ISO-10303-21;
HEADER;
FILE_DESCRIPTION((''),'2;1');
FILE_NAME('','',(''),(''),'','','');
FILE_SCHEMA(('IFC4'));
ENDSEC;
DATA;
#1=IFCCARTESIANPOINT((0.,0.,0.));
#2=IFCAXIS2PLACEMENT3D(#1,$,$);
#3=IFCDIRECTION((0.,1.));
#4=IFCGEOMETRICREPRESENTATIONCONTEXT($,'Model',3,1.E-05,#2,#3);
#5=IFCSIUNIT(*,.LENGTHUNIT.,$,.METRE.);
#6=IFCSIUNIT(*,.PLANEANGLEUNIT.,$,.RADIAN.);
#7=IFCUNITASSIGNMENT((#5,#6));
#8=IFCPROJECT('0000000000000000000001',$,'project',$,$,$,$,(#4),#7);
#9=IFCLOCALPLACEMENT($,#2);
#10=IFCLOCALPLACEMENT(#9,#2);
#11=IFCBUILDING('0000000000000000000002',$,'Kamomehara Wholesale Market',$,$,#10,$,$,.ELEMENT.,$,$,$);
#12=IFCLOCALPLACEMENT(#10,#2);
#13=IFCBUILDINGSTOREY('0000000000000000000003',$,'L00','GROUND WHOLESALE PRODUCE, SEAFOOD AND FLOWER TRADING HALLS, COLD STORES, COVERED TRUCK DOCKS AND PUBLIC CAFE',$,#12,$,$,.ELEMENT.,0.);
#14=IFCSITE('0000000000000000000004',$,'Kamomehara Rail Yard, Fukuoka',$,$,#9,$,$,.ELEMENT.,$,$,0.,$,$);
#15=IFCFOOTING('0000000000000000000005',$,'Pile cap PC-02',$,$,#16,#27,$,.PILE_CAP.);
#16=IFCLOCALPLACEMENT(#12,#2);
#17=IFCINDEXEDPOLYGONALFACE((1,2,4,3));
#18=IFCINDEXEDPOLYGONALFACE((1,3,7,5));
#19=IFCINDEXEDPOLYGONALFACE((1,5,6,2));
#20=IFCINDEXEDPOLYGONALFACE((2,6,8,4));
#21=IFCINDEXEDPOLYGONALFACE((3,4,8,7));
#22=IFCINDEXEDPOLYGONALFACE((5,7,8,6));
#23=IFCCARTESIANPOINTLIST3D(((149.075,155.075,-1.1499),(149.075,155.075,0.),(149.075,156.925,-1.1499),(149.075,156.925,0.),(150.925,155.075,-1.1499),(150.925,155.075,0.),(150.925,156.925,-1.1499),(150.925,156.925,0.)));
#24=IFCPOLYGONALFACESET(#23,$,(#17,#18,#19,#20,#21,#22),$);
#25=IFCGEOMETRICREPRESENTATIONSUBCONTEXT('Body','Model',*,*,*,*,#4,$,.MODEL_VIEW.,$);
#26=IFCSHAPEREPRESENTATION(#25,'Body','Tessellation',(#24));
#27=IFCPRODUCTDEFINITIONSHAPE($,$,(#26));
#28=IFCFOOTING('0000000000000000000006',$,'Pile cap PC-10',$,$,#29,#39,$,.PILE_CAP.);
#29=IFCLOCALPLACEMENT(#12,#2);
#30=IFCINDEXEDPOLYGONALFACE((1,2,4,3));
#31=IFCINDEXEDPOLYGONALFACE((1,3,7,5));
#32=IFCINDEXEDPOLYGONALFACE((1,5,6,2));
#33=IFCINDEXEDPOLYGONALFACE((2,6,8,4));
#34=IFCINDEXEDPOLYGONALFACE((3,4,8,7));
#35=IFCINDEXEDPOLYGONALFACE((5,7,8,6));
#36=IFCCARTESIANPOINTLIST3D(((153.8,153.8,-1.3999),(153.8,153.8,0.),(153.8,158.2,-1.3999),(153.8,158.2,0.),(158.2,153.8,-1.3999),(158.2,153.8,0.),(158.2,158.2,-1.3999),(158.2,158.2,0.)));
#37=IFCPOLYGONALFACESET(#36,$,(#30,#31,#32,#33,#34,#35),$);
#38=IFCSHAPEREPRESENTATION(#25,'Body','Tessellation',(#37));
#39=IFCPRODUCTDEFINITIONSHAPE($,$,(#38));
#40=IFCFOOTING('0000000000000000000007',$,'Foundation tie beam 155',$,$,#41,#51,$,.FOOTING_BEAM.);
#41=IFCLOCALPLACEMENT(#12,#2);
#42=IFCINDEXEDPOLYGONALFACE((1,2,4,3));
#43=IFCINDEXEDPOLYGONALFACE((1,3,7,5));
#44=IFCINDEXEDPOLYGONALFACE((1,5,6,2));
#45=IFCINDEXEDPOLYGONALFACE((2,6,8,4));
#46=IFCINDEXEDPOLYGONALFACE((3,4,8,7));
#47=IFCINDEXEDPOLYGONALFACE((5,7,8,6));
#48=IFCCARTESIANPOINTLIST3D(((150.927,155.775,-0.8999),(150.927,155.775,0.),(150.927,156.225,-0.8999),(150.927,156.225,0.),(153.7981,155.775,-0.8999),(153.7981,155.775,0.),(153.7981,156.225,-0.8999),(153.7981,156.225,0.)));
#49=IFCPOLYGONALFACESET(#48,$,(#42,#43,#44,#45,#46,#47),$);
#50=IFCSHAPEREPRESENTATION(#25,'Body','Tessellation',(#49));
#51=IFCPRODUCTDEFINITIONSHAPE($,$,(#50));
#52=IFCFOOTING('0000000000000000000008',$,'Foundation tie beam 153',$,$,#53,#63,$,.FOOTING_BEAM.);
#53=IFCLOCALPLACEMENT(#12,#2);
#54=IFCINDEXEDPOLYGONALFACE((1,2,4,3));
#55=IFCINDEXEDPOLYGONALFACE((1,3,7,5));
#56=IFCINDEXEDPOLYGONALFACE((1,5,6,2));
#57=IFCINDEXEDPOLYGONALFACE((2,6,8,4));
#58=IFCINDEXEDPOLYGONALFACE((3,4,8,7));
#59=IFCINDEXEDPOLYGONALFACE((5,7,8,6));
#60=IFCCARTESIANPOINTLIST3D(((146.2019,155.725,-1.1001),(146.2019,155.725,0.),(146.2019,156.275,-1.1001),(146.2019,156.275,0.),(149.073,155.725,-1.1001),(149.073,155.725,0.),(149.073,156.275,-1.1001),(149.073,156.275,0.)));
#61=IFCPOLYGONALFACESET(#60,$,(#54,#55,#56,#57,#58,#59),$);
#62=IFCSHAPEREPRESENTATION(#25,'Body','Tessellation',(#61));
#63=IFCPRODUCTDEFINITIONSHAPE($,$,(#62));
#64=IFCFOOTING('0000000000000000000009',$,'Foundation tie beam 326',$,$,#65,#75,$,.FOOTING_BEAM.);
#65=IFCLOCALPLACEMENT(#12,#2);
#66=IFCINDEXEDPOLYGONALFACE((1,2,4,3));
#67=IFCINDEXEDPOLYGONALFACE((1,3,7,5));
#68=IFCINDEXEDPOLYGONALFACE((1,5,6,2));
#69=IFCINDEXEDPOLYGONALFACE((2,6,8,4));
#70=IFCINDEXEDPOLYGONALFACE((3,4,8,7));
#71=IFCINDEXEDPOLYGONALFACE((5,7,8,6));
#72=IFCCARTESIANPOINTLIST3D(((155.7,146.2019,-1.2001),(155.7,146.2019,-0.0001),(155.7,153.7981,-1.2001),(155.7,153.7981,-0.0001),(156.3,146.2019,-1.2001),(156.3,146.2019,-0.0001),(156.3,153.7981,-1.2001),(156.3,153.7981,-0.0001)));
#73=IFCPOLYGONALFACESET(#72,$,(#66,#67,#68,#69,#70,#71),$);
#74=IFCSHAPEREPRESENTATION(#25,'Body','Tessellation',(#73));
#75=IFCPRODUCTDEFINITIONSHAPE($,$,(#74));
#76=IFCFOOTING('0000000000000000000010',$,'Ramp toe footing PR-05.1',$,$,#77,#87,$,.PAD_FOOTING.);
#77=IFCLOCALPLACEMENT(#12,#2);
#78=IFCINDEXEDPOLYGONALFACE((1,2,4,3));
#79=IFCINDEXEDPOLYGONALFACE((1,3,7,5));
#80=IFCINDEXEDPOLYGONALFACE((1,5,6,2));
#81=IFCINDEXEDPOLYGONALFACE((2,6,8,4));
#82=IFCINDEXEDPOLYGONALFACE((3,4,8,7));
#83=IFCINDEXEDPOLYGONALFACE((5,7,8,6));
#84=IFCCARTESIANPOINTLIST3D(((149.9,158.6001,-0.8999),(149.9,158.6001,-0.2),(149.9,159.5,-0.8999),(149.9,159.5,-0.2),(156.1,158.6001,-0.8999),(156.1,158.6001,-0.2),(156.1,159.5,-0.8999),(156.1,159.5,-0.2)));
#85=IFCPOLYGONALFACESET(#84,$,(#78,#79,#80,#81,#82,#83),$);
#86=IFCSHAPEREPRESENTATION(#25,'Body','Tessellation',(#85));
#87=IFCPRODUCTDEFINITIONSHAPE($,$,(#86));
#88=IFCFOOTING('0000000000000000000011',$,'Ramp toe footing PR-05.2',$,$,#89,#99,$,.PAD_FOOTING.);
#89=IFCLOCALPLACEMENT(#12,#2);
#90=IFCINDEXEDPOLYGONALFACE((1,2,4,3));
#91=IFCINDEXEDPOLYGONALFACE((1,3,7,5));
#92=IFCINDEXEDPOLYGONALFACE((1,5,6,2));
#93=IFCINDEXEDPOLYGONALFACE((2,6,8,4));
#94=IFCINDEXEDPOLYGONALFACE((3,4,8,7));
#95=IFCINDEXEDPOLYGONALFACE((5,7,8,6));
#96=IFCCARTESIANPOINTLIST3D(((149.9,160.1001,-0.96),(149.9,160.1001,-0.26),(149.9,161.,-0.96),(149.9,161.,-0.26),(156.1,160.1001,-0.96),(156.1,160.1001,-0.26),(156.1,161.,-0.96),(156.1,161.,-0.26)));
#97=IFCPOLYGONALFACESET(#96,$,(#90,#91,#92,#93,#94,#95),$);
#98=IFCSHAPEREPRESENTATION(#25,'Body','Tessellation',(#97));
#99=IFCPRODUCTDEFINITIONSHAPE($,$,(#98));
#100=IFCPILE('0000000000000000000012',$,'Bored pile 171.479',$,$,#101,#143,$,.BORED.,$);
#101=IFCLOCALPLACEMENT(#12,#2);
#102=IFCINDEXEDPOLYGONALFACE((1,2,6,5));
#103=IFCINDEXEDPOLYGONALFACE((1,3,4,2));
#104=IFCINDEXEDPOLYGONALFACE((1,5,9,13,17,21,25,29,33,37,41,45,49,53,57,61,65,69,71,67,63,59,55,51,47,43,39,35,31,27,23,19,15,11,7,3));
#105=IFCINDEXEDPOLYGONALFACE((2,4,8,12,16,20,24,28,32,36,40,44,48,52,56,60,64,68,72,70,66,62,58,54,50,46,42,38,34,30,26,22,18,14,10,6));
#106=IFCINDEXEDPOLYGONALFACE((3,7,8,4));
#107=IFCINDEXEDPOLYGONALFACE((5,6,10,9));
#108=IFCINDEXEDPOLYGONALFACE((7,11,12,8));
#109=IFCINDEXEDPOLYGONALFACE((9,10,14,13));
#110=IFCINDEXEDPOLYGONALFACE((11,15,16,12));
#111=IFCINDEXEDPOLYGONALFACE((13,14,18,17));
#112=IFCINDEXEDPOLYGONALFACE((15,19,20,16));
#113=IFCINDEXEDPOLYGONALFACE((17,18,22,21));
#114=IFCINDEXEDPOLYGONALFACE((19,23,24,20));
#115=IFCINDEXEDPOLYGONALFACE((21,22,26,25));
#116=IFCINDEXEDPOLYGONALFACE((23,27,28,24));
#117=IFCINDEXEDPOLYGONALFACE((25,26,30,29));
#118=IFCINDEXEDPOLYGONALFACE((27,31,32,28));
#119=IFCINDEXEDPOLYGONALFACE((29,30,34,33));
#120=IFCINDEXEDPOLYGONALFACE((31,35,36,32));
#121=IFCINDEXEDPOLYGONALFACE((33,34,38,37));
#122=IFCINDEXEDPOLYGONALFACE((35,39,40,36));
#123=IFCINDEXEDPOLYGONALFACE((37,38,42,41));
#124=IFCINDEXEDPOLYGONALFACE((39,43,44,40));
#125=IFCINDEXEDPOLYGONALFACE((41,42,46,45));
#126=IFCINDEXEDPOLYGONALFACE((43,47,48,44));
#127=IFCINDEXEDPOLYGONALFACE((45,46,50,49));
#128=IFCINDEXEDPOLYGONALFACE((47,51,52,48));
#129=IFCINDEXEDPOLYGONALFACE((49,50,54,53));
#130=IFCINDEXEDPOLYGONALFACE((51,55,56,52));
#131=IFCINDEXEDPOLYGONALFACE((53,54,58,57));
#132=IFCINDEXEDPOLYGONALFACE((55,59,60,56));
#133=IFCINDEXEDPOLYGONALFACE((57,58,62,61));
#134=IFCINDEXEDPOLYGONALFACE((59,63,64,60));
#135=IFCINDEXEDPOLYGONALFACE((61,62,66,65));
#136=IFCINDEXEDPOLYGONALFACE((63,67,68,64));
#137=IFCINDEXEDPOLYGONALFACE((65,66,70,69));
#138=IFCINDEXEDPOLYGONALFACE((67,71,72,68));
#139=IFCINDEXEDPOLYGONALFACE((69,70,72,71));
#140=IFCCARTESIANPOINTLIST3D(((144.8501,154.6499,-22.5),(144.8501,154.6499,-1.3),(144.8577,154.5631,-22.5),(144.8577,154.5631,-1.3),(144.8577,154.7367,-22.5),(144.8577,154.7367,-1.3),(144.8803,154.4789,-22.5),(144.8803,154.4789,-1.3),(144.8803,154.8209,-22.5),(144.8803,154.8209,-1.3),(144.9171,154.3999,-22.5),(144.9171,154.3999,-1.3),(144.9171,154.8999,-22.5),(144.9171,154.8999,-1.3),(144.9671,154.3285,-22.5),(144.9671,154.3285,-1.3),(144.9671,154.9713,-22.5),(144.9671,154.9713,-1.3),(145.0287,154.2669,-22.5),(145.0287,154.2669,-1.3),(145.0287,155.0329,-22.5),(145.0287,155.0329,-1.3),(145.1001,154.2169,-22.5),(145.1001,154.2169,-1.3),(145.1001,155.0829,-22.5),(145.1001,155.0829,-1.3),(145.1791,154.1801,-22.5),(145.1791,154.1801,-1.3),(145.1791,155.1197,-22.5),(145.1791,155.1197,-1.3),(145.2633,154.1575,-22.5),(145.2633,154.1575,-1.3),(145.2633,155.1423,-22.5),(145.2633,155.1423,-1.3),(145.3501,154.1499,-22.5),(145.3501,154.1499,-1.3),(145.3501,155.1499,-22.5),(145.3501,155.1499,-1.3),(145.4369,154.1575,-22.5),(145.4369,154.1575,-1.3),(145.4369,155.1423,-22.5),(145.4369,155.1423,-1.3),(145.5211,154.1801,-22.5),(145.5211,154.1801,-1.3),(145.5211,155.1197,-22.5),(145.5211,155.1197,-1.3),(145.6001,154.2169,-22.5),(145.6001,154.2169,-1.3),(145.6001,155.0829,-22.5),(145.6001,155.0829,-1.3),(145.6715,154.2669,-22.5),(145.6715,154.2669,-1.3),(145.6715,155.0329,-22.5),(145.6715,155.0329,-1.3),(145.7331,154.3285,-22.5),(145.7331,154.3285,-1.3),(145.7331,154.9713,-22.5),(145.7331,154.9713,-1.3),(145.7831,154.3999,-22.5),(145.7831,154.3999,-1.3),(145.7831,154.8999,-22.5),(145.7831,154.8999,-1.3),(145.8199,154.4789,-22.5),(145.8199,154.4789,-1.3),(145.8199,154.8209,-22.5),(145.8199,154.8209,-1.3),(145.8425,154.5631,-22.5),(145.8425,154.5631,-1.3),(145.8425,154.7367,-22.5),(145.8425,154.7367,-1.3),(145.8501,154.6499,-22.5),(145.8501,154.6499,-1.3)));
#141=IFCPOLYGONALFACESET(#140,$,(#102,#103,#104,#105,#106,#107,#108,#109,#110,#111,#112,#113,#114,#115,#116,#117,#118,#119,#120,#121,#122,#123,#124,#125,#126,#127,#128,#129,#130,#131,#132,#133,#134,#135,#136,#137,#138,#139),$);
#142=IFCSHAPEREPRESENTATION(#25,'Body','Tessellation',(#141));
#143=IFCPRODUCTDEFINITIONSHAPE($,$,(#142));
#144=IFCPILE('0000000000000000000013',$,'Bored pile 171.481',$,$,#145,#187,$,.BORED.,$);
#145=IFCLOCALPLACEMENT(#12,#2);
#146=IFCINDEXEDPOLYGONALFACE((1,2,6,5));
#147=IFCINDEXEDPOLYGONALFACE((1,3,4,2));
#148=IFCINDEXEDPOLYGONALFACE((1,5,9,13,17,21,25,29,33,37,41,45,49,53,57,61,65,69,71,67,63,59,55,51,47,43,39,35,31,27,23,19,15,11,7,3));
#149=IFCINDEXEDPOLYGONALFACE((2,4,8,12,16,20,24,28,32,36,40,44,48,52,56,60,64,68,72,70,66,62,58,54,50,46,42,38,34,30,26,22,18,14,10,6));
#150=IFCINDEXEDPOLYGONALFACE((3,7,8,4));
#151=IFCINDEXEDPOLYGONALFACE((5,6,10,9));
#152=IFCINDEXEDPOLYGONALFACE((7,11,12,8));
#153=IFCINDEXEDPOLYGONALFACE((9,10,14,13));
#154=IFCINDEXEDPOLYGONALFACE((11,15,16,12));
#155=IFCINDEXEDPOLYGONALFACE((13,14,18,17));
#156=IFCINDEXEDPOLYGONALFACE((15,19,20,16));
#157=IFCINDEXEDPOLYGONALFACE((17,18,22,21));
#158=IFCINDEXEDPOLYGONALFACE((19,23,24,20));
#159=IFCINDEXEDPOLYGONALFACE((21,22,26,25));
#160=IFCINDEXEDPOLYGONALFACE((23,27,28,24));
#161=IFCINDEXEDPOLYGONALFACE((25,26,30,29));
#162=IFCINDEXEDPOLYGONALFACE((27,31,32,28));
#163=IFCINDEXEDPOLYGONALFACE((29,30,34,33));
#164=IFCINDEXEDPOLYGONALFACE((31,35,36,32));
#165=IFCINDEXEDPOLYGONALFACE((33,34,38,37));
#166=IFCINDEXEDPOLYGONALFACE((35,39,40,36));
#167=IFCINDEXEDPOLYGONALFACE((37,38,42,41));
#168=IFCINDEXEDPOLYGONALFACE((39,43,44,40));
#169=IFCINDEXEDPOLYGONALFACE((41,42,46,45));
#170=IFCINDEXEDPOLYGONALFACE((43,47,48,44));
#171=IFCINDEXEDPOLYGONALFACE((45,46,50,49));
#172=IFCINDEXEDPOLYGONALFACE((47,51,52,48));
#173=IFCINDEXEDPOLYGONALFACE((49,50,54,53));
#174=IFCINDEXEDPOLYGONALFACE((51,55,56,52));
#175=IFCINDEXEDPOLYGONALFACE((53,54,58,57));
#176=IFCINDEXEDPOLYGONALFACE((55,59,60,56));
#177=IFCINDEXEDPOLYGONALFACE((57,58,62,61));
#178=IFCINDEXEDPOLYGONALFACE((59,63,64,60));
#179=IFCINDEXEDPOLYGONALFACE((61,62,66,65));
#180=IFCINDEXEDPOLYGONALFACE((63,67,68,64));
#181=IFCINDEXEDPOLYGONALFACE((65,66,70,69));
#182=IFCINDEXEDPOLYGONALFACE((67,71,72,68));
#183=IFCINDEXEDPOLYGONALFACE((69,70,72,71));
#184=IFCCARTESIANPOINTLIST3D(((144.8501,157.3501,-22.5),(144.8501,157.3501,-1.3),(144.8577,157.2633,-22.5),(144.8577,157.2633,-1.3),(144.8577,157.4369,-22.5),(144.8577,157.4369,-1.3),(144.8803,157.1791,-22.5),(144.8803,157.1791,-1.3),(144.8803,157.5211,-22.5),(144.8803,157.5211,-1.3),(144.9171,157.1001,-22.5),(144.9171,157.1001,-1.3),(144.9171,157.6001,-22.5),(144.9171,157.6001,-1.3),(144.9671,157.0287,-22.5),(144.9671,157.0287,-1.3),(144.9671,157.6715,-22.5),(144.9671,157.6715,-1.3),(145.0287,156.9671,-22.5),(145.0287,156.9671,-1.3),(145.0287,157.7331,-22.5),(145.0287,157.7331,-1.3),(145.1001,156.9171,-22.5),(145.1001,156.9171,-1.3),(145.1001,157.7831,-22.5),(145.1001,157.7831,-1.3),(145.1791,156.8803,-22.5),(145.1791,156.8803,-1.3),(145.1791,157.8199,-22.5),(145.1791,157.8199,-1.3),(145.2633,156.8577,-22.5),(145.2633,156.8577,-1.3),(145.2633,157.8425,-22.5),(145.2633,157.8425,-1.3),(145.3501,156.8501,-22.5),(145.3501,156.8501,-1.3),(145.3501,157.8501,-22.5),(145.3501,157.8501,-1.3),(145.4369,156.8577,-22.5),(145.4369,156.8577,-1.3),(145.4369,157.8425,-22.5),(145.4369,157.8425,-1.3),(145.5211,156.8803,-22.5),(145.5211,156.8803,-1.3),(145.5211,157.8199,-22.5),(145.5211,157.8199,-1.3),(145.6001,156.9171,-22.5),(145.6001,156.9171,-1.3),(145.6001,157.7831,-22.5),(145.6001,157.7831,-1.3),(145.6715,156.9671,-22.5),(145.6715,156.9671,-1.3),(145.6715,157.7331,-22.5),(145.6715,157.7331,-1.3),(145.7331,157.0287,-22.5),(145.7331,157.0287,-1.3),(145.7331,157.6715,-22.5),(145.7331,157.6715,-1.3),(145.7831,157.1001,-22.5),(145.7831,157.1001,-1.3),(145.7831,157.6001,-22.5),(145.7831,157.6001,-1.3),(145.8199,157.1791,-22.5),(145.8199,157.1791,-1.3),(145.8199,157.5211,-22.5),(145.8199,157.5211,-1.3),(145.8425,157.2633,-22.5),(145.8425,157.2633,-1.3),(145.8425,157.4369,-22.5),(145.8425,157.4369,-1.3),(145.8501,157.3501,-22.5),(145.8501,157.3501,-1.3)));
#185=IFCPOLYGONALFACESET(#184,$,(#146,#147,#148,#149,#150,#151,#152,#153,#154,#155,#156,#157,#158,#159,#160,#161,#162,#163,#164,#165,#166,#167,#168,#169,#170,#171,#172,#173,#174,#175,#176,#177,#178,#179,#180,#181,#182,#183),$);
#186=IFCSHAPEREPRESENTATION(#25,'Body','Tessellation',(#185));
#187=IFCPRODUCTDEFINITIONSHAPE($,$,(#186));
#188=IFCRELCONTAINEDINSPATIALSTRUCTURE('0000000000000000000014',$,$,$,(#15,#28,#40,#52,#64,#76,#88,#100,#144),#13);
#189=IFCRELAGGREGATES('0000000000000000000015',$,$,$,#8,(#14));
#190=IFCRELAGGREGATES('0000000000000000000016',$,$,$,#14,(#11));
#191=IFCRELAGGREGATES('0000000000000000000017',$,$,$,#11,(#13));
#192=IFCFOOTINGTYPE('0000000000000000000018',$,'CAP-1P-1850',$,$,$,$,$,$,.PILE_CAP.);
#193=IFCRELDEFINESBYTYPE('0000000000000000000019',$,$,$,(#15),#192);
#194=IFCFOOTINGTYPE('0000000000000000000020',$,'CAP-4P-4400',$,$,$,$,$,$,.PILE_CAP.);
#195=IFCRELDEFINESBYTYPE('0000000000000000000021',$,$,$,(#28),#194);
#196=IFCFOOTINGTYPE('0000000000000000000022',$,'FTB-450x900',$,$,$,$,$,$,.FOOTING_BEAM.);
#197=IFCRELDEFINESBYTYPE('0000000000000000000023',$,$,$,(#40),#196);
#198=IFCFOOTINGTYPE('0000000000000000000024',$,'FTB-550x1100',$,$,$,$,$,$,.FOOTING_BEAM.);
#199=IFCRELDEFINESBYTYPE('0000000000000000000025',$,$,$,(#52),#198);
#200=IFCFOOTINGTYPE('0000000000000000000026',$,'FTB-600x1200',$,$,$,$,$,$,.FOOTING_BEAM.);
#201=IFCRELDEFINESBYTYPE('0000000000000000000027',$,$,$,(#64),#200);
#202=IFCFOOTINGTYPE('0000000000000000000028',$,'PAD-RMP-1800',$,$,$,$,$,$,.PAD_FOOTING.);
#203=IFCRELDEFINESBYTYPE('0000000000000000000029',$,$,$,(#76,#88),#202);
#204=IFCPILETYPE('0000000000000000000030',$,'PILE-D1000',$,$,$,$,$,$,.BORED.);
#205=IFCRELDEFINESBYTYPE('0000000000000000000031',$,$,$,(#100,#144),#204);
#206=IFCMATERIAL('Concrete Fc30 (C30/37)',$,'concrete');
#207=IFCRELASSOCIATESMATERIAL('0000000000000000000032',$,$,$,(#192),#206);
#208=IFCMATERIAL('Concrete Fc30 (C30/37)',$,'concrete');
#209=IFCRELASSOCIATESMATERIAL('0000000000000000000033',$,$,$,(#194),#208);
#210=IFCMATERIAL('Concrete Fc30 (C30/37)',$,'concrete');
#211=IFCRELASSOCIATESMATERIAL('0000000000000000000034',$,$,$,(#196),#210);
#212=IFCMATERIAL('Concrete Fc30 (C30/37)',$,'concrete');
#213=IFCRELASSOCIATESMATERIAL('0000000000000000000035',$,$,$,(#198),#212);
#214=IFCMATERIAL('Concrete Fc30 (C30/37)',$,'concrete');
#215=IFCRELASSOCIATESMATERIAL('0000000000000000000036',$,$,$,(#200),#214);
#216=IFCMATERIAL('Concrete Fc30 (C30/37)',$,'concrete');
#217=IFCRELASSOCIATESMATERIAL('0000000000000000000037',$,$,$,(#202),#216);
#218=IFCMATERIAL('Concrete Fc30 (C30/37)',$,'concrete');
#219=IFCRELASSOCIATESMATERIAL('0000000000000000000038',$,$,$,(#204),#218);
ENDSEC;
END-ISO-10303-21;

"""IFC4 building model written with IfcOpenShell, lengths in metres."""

from ifc_helpers import new_model, si_unit, direction, frame, origin, origin_2d, place, context, subcontext, project, spatial, rectangle, circle, extrude, material, material_profile, profile_set, type_object, element, save


model = new_model("IFC4")

# Units and contexts
model_context = context("Model", 3, precision=1e-05, world=origin(), true_north=direction((0.0, 1.0)))
body_context = subcontext(model_context, "Body", "Model", "MODEL_VIEW")
ifc_project = project(units=[si_unit("LENGTHUNIT", "METRE"), si_unit("PLANEANGLEUNIT", "RADIAN")], contexts=[model_context])

# Site, building, storey
site_placement = place(None, origin())
site = spatial("IfcSite", under=ifc_project, at=site_placement, Name="Kamomehara Rail Yard, Fukuoka", CompositionType="ELEMENT", RefElevation=0.0)
building_placement = place(site_placement, origin())
building = spatial("IfcBuilding", under=site, at=building_placement, Name="Kamomehara Wholesale Market", CompositionType="ELEMENT")
storey_placement = place(building_placement, origin())
storey = spatial("IfcBuildingStorey", under=building, at=storey_placement, Name="L00", Description="GROUND WHOLESALE PRODUCE, SEAFOOD AND FLOWER TRADING HALLS, COLD STORES, COVERED TRUCK DOCKS AND PUBLIC CAFE", CompositionType="ELEMENT", Elevation=0.0)

# Footings
ifc_material_1 = material(Name="Concrete Fc30 (C30/37)", Category="concrete")
footing_type_1 = type_object("IfcFootingType", Name="CAP-1P-1850", PredefinedType="PILE_CAP", material=ifc_material_1)
footing_1_placement = place(storey_placement, frame((150.0, 156.0, -1.1499), z_axis=(0.0, 0.0, 1.0), x_axis=(1.0, 0.0, 0.0)))
element("IfcFooting", 1, at=footing_1_placement, inside=storey, type_object=footing_type_1, Name="Pile cap PC-02", PredefinedType="PILE_CAP", context=body_context, shape_type="SweptSolid", body=[
    extrude(rectangle(XDim=1.8501, YDim=1.8501, at=origin_2d()), origin(), (0.0, 0.0, 1.0), 1.1499),
])
ifc_material_2 = material(Name="Concrete Fc30 (C30/37)", Category="concrete")
footing_type_2 = type_object("IfcFootingType", Name="CAP-4P-4400", PredefinedType="PILE_CAP", material=ifc_material_2)
footing_2_placement = place(storey_placement, frame((156.0, 156.0, -1.3999), z_axis=(0.0, 0.0, 1.0), x_axis=(1.0, 0.0, 0.0)))
element("IfcFooting", 2, at=footing_2_placement, inside=storey, type_object=footing_type_2, Name="Pile cap PC-10", PredefinedType="PILE_CAP", context=body_context, shape_type="SweptSolid", body=[
    extrude(rectangle(XDim=4.3999, YDim=4.3999, at=origin_2d()), origin(), (0.0, 0.0, 1.0), 1.3999),
])
ifc_material_3 = material(Name="Concrete Fc30 (C30/37)", Category="concrete")
ifc_material_profile_1 = material_profile(ifc_material_3, rectangle(XDim=0.45, YDim=0.8999, at=origin_2d()), Name="RC-FTB-450x900")
ifc_profile_set_1 = profile_set([ifc_material_profile_1], Name="Concrete Fc30 (C30/37)")
footing_type_3 = type_object("IfcFootingType", Name="FTB-450x900", PredefinedType="FOOTING_BEAM", material=ifc_profile_set_1)
footing_3_placement = place(storey_placement, frame((150.927, 156.0, -0.45), z_axis=(1.0, 0.0, 0.0), x_axis=(0.0, 1.0, 0.0)))
element("IfcFooting", 3, at=footing_3_placement, inside=storey, type_object=footing_type_3, Name="Foundation tie beam 155", PredefinedType="FOOTING_BEAM", context=body_context, shape_type="SweptSolid", body=[
    extrude(rectangle(XDim=0.45, YDim=0.8999, at=origin_2d()), origin(), (0.0, 0.0, 1.0), 2.8711),
])
ifc_material_4 = material(Name="Concrete Fc30 (C30/37)", Category="concrete")
ifc_material_profile_2 = material_profile(ifc_material_4, rectangle(XDim=0.55, YDim=1.1001, at=origin_2d()), Name="RC-FTB-550x1100")
ifc_profile_set_2 = profile_set([ifc_material_profile_2], Name="Concrete Fc30 (C30/37)")
footing_type_4 = type_object("IfcFootingType", Name="FTB-550x1100", PredefinedType="FOOTING_BEAM", material=ifc_profile_set_2)
footing_4_placement = place(storey_placement, frame((146.2019, 156.0, -0.55), z_axis=(1.0, 0.0, 0.0), x_axis=(0.0, 1.0, 0.0)))
element("IfcFooting", 4, at=footing_4_placement, inside=storey, type_object=footing_type_4, Name="Foundation tie beam 153", PredefinedType="FOOTING_BEAM", context=body_context, shape_type="SweptSolid", body=[
    extrude(rectangle(XDim=0.55, YDim=1.1001, at=origin_2d()), origin(), (0.0, 0.0, 1.0), 2.8711),
])
ifc_material_5 = material(Name="Concrete Fc30 (C30/37)", Category="concrete")
ifc_material_profile_3 = material_profile(ifc_material_5, rectangle(XDim=0.6001, YDim=1.2, at=origin_2d()), Name="RC-FTB-600x1200")
ifc_profile_set_3 = profile_set([ifc_material_profile_3], Name="Concrete Fc30 (C30/37)")
footing_type_5 = type_object("IfcFootingType", Name="FTB-600x1200", PredefinedType="FOOTING_BEAM", material=ifc_profile_set_3)
footing_5_placement = place(storey_placement, frame((156.0, 146.2019, -0.6001), z_axis=(0.0, 1.0, 0.0), x_axis=(-1.0, 0.0, 0.0)))
element("IfcFooting", 5, at=footing_5_placement, inside=storey, type_object=footing_type_5, Name="Foundation tie beam 326", PredefinedType="FOOTING_BEAM", context=body_context, shape_type="SweptSolid", body=[
    extrude(rectangle(XDim=0.6001, YDim=1.2, at=origin_2d()), origin(), (0.0, 0.0, 1.0), 7.5962),
])
ifc_material_6 = material(Name="Concrete Fc30 (C30/37)", Category="concrete")
footing_type_6 = type_object("IfcFootingType", Name="PAD-RMP-1800", PredefinedType="PAD_FOOTING", material=ifc_material_6)
for number, where, z_axis, x_axis, name in (
    (6, (153.0, 159.05, -0.8999), (0.0, 0.0, 1.0), (1.0, 0.0, 0.0), "Ramp toe footing PR-05.1"),
    (7, (153.0, 160.55, -0.96), (0.0, 0.0, 1.0), (1.0, 0.0, 0.0), "Ramp toe footing PR-05.2"),
):
    element("IfcFooting", number, at=place(storey_placement, frame(where, z_axis=z_axis, x_axis=x_axis)), inside=storey, type_object=footing_type_6, Name=name, PredefinedType="PAD_FOOTING", context=body_context, shape_type="SweptSolid", body=[
        extrude(rectangle(XDim=6.2, YDim=0.8999, at=origin_2d()), origin(), (0.0, 0.0, 1.0), 0.7),
    ])

# Piles
ifc_material_7 = material(Name="Concrete Fc30 (C30/37)", Category="concrete")
ifc_material_profile_4 = material_profile(ifc_material_7, circle(Radius=0.5, at=origin_2d()), Name="RC-PILE-D1000")
ifc_profile_set_4 = profile_set([ifc_material_profile_4], Name="Concrete Fc30 (C30/37)")
pile_type_1 = type_object("IfcPileType", Name="PILE-D1000", PredefinedType="BORED", material=ifc_profile_set_4)
for number, where, z_axis, x_axis, name in (
    (8, (145.3501, 154.6499, -1.3), (0.0, 0.0, -1.0), (1.0, 0.0, 0.0), "Bored pile 171.479"),
    (9, (145.3501, 157.3501, -1.3), (0.0, 0.0, -1.0), (1.0, 0.0, 0.0), "Bored pile 171.481"),
):
    element("IfcPile", number, at=place(storey_placement, frame(where, z_axis=z_axis, x_axis=x_axis)), inside=storey, type_object=pile_type_1, Name=name, PredefinedType="BORED", context=body_context, shape_type="SweptSolid", body=[
        extrude(circle(Radius=0.5, at=origin_2d()), origin(), (0.0, 0.0, 1.0), 21.2),
    ])

save(model, "model.ifc")
